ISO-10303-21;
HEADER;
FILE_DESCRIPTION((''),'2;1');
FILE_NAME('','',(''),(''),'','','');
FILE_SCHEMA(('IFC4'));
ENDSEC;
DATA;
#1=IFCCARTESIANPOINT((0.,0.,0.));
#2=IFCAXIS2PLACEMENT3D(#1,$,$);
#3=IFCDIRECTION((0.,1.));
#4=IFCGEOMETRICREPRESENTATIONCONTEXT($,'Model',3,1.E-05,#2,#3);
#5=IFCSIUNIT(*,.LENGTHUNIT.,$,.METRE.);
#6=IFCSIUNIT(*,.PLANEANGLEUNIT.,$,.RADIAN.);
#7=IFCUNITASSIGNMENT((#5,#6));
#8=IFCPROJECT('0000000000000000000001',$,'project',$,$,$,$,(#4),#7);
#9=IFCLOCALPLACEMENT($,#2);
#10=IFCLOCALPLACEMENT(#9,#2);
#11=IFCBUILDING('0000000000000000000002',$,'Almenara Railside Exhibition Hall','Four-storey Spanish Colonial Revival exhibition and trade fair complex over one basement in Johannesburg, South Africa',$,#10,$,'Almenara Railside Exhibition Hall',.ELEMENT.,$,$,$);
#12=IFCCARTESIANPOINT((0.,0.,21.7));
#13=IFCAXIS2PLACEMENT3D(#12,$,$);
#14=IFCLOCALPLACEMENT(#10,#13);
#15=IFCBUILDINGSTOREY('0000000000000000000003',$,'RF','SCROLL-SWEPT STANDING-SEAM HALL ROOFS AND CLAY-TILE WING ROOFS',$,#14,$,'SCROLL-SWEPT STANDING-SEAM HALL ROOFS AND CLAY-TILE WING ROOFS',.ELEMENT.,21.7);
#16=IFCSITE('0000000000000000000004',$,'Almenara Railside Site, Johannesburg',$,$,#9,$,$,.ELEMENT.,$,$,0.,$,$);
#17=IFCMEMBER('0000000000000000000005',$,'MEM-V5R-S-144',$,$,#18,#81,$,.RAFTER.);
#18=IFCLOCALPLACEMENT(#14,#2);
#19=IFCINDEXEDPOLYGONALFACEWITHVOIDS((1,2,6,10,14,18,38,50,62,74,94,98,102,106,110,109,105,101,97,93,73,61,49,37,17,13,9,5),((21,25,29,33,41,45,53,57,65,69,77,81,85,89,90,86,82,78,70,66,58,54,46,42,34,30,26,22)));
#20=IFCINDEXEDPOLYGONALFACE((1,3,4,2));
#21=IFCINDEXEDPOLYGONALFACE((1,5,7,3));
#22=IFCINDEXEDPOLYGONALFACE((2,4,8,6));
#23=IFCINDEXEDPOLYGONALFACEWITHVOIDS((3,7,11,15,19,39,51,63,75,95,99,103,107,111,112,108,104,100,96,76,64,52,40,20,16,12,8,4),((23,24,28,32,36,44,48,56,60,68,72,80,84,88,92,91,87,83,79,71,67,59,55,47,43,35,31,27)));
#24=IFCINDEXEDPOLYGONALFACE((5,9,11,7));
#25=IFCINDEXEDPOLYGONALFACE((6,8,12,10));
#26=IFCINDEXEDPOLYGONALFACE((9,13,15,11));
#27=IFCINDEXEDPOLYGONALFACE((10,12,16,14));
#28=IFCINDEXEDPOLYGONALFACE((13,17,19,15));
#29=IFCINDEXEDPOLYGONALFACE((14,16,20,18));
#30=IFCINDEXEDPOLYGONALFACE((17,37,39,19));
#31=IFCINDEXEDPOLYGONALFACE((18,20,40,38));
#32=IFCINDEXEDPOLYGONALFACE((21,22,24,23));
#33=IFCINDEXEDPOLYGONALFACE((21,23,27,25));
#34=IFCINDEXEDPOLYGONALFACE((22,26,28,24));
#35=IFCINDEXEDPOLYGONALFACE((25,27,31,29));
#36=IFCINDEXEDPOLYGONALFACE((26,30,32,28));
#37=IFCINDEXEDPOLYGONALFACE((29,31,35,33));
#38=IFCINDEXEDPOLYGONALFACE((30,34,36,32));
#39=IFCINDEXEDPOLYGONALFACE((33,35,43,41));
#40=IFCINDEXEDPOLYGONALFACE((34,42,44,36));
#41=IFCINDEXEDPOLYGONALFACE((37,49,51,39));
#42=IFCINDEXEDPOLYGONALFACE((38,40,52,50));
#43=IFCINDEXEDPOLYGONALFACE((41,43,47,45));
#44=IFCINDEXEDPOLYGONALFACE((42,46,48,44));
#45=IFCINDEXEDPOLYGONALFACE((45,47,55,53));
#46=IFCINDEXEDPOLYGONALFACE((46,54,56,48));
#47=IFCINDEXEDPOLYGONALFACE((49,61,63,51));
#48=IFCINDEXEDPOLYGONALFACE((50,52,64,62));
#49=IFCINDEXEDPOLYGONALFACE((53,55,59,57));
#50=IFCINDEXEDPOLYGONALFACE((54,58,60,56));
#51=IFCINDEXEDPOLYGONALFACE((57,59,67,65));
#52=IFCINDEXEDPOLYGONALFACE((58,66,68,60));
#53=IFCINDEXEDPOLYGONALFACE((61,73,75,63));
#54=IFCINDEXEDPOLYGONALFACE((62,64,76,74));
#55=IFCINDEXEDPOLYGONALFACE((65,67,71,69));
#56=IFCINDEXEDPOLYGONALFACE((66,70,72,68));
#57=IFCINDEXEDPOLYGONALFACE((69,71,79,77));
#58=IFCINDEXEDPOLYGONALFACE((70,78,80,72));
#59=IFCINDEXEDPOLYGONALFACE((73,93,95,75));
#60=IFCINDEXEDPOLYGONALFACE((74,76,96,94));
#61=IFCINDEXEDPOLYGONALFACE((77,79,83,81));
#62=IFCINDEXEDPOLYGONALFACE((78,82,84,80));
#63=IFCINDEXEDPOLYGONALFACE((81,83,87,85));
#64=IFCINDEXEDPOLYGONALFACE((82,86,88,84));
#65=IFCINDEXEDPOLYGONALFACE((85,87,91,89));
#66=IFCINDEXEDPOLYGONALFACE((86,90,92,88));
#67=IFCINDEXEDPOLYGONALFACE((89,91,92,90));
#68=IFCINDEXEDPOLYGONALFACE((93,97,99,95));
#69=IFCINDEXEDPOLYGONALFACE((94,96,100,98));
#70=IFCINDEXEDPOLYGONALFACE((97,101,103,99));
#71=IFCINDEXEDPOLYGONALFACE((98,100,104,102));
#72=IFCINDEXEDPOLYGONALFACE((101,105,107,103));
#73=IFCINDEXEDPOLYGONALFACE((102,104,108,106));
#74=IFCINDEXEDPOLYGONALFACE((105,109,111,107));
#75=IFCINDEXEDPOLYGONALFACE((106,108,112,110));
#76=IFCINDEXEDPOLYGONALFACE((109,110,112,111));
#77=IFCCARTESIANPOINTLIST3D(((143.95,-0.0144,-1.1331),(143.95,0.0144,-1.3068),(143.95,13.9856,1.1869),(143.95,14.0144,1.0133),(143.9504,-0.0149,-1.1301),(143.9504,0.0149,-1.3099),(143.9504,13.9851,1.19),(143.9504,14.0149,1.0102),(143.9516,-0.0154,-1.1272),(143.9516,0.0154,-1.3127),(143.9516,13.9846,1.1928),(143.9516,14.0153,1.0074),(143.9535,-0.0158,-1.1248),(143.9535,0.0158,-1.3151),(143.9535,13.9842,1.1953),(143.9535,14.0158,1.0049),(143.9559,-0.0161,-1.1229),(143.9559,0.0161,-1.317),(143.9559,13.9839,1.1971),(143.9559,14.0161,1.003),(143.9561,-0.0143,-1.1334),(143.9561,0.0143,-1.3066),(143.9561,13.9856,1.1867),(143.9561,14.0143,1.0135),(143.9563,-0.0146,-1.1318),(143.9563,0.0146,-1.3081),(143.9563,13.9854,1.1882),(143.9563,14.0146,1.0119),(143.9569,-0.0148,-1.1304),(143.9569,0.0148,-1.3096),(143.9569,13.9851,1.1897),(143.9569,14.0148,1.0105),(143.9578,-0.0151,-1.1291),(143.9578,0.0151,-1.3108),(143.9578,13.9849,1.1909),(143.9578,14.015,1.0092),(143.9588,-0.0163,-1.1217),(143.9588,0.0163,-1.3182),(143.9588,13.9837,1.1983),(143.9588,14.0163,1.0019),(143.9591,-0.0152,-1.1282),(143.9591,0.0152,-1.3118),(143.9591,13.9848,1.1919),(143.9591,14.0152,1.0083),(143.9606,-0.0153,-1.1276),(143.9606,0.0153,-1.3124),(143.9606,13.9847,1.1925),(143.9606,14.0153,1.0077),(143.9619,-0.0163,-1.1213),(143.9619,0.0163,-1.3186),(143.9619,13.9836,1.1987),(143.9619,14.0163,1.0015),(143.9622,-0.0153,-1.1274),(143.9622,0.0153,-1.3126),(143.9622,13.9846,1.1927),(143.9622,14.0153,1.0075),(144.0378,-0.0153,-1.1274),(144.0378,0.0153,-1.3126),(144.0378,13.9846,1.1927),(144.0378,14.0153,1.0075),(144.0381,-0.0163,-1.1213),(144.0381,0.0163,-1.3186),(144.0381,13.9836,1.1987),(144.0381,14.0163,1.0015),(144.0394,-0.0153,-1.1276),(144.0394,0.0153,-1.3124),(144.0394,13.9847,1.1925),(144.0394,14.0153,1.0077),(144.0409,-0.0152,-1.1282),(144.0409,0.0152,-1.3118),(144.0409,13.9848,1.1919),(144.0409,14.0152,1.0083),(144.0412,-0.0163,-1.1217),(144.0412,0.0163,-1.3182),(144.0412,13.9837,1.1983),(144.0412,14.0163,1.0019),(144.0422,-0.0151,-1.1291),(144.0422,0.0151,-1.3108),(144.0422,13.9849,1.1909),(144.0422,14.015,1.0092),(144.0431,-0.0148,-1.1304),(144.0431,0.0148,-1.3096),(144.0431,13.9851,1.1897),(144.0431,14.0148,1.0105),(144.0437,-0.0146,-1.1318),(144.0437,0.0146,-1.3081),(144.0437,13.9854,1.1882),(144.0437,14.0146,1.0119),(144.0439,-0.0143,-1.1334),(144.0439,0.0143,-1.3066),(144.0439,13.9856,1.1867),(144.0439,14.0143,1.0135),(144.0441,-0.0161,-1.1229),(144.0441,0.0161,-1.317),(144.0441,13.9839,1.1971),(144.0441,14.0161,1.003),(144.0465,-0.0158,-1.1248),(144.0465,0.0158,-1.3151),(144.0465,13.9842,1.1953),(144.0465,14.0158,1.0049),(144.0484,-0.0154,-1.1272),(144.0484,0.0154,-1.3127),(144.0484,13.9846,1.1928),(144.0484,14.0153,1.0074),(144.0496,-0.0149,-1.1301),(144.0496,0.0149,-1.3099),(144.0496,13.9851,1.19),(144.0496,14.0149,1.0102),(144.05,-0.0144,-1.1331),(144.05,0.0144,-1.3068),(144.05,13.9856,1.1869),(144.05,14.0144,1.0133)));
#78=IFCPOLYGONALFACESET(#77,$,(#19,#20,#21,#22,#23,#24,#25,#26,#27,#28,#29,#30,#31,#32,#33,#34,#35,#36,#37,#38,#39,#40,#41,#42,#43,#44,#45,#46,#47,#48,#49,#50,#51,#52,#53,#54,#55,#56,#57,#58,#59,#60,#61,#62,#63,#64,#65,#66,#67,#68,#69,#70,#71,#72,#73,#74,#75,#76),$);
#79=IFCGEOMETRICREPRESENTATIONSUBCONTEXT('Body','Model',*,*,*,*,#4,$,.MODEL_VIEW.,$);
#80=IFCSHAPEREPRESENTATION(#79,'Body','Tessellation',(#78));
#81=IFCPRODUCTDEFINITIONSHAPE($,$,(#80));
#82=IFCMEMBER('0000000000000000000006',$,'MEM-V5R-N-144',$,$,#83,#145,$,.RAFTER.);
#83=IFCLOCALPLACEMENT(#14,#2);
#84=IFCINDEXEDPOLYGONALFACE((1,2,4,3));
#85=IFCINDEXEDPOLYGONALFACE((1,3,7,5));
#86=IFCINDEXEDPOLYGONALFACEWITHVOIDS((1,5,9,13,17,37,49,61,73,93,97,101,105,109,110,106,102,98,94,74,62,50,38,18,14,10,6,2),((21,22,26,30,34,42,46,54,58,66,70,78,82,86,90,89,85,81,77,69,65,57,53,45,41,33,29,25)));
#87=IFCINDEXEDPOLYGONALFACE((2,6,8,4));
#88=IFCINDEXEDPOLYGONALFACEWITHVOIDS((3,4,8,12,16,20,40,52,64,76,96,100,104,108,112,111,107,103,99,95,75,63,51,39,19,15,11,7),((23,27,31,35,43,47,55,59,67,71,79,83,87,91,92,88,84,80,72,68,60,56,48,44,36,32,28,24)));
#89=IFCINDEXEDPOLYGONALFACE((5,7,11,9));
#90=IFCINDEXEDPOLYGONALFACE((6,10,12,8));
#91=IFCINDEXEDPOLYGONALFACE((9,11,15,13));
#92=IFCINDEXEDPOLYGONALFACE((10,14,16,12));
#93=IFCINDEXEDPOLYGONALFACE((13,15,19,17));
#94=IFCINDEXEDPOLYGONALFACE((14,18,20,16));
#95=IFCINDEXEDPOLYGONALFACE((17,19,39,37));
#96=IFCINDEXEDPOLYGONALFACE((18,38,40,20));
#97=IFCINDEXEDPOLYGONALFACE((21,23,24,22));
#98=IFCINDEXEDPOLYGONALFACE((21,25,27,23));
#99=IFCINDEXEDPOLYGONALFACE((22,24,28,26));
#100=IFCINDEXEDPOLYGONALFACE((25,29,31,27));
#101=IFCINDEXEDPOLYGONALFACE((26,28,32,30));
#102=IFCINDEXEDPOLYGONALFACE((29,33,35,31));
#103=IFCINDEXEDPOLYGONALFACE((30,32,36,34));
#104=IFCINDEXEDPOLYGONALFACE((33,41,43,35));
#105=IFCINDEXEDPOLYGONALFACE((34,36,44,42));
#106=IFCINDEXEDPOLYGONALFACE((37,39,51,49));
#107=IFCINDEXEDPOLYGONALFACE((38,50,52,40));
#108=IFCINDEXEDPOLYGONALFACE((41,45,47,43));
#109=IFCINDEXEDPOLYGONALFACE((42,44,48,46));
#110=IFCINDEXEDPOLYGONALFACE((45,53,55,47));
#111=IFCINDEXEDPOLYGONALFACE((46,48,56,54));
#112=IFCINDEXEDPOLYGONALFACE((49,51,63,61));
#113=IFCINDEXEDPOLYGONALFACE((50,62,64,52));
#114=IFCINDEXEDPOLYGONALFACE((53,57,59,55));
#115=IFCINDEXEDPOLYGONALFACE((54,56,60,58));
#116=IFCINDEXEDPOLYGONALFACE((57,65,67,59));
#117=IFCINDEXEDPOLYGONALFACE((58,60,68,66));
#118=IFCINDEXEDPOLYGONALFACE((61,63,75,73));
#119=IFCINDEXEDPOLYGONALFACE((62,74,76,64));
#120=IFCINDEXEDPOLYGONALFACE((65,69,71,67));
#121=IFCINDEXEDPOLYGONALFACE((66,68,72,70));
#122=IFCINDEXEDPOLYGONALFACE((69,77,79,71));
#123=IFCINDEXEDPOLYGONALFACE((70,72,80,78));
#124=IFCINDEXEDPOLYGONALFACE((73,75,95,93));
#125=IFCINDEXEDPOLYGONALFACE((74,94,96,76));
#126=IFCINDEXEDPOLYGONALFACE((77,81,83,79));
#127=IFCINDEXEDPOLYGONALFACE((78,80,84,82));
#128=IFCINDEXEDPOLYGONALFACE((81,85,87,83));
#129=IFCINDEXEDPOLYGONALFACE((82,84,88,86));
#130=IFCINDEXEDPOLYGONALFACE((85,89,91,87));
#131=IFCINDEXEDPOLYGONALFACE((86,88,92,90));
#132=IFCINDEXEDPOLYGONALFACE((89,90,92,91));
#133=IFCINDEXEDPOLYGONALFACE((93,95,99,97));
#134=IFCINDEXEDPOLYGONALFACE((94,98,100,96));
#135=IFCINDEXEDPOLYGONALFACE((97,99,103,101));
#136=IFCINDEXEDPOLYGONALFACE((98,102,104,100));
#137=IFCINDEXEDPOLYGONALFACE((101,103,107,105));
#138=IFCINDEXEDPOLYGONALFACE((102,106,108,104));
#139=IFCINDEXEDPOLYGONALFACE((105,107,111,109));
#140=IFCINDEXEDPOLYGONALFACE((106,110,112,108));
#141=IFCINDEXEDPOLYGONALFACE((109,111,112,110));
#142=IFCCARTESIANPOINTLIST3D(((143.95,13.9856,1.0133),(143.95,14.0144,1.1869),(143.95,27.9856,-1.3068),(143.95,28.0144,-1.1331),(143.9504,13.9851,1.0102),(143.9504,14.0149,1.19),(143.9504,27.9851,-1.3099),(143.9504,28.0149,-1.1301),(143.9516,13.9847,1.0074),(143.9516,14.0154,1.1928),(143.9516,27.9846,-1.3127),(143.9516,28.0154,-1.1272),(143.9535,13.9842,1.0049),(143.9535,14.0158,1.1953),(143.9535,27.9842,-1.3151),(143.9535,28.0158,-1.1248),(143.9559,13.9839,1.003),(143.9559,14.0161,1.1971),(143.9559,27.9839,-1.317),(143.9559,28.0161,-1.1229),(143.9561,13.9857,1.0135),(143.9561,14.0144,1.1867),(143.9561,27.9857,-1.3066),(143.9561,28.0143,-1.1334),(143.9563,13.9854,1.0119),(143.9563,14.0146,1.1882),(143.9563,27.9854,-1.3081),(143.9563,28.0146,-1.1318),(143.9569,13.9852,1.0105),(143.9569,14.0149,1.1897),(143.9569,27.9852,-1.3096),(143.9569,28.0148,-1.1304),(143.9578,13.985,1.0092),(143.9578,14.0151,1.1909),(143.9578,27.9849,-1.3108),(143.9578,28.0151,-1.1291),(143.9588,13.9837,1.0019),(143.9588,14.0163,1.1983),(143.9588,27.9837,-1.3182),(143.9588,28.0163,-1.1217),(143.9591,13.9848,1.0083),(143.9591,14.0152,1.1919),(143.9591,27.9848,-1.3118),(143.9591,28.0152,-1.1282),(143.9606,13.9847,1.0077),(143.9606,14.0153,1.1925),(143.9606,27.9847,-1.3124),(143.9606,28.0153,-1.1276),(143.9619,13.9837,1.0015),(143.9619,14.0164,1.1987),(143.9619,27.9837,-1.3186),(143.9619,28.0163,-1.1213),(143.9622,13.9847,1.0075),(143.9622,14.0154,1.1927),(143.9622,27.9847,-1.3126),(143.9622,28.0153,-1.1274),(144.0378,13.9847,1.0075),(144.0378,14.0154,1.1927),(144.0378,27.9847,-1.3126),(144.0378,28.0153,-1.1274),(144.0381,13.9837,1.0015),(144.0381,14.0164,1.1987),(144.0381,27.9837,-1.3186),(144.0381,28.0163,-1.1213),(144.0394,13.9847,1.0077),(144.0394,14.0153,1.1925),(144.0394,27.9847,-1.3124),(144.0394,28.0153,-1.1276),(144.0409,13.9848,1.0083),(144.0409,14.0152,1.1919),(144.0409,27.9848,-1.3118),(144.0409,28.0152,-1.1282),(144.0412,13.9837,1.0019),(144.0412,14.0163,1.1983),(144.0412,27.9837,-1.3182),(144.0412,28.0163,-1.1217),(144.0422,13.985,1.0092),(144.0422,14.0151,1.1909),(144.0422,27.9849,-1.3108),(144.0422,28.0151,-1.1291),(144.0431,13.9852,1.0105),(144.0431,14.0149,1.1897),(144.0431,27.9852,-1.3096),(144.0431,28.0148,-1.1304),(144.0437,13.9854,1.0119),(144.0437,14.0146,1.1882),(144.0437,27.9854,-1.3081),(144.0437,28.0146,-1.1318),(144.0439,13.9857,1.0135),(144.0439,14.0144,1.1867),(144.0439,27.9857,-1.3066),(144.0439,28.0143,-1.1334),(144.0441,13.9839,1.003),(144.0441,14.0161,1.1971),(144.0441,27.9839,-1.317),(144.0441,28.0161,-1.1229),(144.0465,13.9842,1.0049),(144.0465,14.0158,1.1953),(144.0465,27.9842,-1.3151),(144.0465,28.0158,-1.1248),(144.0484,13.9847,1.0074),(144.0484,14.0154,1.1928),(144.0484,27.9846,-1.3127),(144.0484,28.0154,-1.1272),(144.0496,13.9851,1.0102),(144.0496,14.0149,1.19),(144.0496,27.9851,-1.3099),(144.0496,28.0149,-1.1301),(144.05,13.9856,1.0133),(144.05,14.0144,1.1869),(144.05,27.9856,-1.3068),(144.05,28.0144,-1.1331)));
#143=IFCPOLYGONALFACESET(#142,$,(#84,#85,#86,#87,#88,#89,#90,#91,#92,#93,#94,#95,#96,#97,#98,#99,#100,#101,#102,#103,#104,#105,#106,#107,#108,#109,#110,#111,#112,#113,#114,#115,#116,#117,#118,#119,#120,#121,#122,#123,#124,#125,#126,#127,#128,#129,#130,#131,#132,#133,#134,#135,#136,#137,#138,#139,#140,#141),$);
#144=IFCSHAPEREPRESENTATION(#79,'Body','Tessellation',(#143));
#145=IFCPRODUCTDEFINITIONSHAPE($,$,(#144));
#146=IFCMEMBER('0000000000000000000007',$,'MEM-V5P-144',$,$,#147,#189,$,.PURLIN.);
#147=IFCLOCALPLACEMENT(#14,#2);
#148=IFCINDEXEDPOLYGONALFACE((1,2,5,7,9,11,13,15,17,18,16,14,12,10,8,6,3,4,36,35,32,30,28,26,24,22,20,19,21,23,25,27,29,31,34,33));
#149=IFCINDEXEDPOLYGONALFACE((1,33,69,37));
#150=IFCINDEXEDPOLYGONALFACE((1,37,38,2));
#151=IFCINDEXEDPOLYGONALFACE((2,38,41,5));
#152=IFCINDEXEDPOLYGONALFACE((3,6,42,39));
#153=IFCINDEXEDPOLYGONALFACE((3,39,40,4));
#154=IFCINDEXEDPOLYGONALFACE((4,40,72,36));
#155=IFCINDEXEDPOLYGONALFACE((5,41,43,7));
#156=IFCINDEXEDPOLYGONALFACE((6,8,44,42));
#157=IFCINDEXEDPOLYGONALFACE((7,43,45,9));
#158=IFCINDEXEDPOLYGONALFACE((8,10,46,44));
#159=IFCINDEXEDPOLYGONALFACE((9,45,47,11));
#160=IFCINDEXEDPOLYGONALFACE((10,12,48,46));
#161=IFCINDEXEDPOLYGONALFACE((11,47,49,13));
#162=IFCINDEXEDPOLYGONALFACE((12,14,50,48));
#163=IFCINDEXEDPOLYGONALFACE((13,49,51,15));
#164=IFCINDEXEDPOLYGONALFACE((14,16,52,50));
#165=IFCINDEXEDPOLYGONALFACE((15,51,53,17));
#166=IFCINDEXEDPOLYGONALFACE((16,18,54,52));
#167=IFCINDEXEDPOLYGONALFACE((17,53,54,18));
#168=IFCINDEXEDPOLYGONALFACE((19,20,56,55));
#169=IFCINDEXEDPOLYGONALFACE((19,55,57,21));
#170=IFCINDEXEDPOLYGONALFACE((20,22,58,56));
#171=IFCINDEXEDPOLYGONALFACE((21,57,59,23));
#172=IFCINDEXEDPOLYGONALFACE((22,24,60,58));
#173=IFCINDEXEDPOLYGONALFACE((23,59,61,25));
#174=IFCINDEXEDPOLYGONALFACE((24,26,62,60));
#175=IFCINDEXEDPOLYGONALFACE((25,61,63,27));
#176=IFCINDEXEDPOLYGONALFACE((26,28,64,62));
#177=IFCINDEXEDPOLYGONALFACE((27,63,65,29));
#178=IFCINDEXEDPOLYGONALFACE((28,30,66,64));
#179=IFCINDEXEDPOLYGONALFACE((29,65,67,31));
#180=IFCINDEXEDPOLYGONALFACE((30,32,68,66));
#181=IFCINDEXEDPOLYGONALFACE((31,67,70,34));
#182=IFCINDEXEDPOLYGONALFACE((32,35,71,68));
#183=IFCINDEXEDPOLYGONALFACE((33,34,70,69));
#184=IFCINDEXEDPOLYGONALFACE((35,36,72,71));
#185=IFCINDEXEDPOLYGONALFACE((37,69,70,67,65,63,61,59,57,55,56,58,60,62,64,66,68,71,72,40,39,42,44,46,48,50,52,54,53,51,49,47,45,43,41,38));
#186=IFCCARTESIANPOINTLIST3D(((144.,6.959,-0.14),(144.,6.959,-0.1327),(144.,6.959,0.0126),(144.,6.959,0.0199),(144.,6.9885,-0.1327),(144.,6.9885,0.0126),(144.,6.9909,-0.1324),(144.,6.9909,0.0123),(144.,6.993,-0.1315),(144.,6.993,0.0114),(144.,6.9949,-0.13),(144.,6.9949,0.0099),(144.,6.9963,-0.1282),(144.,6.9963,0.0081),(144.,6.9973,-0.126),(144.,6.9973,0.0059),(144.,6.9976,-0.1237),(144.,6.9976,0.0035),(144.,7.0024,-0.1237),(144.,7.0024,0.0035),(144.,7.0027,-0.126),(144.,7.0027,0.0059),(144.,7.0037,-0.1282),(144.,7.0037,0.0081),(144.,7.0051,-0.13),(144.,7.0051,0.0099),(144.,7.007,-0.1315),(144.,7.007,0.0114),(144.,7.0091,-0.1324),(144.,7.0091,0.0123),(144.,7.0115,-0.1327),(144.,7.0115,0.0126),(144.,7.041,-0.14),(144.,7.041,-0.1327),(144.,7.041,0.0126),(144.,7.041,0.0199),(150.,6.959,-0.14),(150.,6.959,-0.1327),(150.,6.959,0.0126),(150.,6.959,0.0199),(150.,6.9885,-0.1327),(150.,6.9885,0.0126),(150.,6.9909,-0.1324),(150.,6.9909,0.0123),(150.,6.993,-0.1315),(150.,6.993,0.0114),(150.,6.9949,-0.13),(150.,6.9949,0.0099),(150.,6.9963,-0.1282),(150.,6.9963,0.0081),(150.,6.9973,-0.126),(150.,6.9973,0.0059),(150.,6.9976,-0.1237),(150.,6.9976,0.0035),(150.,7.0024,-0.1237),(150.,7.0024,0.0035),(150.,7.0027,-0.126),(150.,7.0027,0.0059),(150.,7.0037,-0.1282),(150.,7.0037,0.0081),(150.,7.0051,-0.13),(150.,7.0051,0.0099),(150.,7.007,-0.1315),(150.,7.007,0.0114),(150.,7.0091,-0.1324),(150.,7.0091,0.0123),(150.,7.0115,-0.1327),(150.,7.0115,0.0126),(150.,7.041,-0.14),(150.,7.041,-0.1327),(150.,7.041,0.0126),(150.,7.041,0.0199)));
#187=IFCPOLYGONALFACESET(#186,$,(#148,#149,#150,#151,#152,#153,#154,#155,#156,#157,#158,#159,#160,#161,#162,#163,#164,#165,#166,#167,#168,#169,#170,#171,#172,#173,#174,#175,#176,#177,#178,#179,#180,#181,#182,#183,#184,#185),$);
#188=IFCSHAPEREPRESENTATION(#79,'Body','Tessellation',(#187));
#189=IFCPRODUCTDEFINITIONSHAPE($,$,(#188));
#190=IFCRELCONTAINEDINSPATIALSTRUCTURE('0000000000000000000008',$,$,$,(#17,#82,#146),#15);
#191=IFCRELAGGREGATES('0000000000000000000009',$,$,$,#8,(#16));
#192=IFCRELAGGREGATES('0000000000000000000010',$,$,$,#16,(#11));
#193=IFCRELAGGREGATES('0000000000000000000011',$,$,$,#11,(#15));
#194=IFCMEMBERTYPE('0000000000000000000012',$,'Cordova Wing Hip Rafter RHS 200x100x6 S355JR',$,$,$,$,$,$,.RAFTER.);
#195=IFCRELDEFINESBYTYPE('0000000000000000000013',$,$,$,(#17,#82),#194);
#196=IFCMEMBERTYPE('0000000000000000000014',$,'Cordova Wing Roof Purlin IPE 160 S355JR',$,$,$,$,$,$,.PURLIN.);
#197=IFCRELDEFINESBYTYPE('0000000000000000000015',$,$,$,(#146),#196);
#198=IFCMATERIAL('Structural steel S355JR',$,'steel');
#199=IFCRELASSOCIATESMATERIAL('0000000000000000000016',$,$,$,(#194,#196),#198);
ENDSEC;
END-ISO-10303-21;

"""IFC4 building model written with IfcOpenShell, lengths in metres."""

from ifc_helpers import new_model, si_unit, direction, frame, origin, origin_2d, place, context, subcontext, project, spatial, hollow_rectangle, i_section, extrude, material, material_profile, profile_set, type_object, element, save


model = new_model("IFC4")

# Units and contexts
model_context = context("Model", 3, precision=1e-05, world=origin(), true_north=direction((0.0, 1.0)))
body_context = subcontext(model_context, "Body", "Model", "MODEL_VIEW")
ifc_project = project(units=[si_unit("LENGTHUNIT", "METRE"), si_unit("PLANEANGLEUNIT", "RADIAN")], contexts=[model_context])

# Site, building, storey
site_placement = place(None, origin())
site = spatial("IfcSite", under=ifc_project, at=site_placement, Name="Almenara Railside Site, Johannesburg", CompositionType="ELEMENT", RefElevation=0.0)
building_placement = place(site_placement, origin())
building = spatial("IfcBuilding", under=site, at=building_placement, Name="Almenara Railside Exhibition Hall", Description="Four-storey Spanish Colonial Revival exhibition and trade fair complex over one basement in Johannesburg, South Africa", LongName="Almenara Railside Exhibition Hall", CompositionType="ELEMENT")
storey_placement = place(building_placement, frame((0.0, 0.0, 21.7)))
storey = spatial("IfcBuildingStorey", under=building, at=storey_placement, Name="RF", Description="SCROLL-SWEPT STANDING-SEAM HALL ROOFS AND CLAY-TILE WING ROOFS", LongName="SCROLL-SWEPT STANDING-SEAM HALL ROOFS AND CLAY-TILE WING ROOFS", CompositionType="ELEMENT", Elevation=21.7)

# Members
ifc_material_1 = material(Name="Structural steel S355JR", Category="steel")
ifc_material_profile_1 = material_profile(ifc_material_1, hollow_rectangle(XDim=0.1001, YDim=0.2, WallThickness=0.0061, InnerFilletRadius=0.0061, OuterFilletRadius=0.012, at=origin_2d()), Name="RHS 200x100x6")
ifc_profile_set_1 = profile_set([ifc_material_profile_1], Name="Structural steel S355JR")
member_type_1 = type_object("IfcMemberType", Name="Cordova Wing Hip Rafter RHS 200x100x6 S355JR", PredefinedType="RAFTER", material=ifc_profile_set_1)
for number, where, z_axis, x_axis, name in (
    (1, (144.0, 0.0, -1.22), (0.0, 0.986545, 0.163489), (-1.0, 0.0, 0.0), "MEM-V5R-S-144"),
    (2, (144.0, 28.0, -1.22), (0.0, -0.986545, 0.163489), (1.0, 0.0, 0.0), "MEM-V5R-N-144"),
):
    element("IfcMember", number, at=place(storey_placement, frame(where, z_axis=z_axis, x_axis=x_axis)), inside=storey, type_object=member_type_1, Name=name, PredefinedType="RAFTER", context=body_context, shape_type="SweptSolid", body=[
        extrude(hollow_rectangle(XDim=0.1001, YDim=0.2, WallThickness=0.0061, InnerFilletRadius=0.0061, OuterFilletRadius=0.012, at=origin_2d()), origin(), (0.0, 0.0, 1.0), 14.1909),
    ])
ifc_material_profile_2 = material_profile(ifc_material_1, i_section(OverallWidth=0.082, OverallDepth=0.1599, WebThickness=0.0049, FlangeThickness=0.0073, FilletRadius=0.009, at=origin_2d()), Name="IPE 160")
ifc_profile_set_2 = profile_set([ifc_material_profile_2], Name="Structural steel S355JR")
member_type_2 = type_object("IfcMemberType", Name="Cordova Wing Roof Purlin IPE 160 S355JR", PredefinedType="PURLIN", material=ifc_profile_set_2)
for number, where, z_axis, x_axis, name in (
    (3, (144.0, 7.0, -0.0601), (1.0, 0.0, 0.0), (0.0, 1.0, 0.0), "MEM-V5P-144"),
):
    element("IfcMember", number, at=place(storey_placement, frame(where, z_axis=z_axis, x_axis=x_axis)), inside=storey, type_object=member_type_2, Name=name, PredefinedType="PURLIN", context=body_context, shape_type="SweptSolid", body=[
        extrude(i_section(OverallWidth=0.082, OverallDepth=0.1599, WebThickness=0.0049, FlangeThickness=0.0073, FilletRadius=0.009, at=origin_2d()), origin(), (0.0, 0.0, 1.0), 6.0),
    ])

save(model, "model.ifc")
